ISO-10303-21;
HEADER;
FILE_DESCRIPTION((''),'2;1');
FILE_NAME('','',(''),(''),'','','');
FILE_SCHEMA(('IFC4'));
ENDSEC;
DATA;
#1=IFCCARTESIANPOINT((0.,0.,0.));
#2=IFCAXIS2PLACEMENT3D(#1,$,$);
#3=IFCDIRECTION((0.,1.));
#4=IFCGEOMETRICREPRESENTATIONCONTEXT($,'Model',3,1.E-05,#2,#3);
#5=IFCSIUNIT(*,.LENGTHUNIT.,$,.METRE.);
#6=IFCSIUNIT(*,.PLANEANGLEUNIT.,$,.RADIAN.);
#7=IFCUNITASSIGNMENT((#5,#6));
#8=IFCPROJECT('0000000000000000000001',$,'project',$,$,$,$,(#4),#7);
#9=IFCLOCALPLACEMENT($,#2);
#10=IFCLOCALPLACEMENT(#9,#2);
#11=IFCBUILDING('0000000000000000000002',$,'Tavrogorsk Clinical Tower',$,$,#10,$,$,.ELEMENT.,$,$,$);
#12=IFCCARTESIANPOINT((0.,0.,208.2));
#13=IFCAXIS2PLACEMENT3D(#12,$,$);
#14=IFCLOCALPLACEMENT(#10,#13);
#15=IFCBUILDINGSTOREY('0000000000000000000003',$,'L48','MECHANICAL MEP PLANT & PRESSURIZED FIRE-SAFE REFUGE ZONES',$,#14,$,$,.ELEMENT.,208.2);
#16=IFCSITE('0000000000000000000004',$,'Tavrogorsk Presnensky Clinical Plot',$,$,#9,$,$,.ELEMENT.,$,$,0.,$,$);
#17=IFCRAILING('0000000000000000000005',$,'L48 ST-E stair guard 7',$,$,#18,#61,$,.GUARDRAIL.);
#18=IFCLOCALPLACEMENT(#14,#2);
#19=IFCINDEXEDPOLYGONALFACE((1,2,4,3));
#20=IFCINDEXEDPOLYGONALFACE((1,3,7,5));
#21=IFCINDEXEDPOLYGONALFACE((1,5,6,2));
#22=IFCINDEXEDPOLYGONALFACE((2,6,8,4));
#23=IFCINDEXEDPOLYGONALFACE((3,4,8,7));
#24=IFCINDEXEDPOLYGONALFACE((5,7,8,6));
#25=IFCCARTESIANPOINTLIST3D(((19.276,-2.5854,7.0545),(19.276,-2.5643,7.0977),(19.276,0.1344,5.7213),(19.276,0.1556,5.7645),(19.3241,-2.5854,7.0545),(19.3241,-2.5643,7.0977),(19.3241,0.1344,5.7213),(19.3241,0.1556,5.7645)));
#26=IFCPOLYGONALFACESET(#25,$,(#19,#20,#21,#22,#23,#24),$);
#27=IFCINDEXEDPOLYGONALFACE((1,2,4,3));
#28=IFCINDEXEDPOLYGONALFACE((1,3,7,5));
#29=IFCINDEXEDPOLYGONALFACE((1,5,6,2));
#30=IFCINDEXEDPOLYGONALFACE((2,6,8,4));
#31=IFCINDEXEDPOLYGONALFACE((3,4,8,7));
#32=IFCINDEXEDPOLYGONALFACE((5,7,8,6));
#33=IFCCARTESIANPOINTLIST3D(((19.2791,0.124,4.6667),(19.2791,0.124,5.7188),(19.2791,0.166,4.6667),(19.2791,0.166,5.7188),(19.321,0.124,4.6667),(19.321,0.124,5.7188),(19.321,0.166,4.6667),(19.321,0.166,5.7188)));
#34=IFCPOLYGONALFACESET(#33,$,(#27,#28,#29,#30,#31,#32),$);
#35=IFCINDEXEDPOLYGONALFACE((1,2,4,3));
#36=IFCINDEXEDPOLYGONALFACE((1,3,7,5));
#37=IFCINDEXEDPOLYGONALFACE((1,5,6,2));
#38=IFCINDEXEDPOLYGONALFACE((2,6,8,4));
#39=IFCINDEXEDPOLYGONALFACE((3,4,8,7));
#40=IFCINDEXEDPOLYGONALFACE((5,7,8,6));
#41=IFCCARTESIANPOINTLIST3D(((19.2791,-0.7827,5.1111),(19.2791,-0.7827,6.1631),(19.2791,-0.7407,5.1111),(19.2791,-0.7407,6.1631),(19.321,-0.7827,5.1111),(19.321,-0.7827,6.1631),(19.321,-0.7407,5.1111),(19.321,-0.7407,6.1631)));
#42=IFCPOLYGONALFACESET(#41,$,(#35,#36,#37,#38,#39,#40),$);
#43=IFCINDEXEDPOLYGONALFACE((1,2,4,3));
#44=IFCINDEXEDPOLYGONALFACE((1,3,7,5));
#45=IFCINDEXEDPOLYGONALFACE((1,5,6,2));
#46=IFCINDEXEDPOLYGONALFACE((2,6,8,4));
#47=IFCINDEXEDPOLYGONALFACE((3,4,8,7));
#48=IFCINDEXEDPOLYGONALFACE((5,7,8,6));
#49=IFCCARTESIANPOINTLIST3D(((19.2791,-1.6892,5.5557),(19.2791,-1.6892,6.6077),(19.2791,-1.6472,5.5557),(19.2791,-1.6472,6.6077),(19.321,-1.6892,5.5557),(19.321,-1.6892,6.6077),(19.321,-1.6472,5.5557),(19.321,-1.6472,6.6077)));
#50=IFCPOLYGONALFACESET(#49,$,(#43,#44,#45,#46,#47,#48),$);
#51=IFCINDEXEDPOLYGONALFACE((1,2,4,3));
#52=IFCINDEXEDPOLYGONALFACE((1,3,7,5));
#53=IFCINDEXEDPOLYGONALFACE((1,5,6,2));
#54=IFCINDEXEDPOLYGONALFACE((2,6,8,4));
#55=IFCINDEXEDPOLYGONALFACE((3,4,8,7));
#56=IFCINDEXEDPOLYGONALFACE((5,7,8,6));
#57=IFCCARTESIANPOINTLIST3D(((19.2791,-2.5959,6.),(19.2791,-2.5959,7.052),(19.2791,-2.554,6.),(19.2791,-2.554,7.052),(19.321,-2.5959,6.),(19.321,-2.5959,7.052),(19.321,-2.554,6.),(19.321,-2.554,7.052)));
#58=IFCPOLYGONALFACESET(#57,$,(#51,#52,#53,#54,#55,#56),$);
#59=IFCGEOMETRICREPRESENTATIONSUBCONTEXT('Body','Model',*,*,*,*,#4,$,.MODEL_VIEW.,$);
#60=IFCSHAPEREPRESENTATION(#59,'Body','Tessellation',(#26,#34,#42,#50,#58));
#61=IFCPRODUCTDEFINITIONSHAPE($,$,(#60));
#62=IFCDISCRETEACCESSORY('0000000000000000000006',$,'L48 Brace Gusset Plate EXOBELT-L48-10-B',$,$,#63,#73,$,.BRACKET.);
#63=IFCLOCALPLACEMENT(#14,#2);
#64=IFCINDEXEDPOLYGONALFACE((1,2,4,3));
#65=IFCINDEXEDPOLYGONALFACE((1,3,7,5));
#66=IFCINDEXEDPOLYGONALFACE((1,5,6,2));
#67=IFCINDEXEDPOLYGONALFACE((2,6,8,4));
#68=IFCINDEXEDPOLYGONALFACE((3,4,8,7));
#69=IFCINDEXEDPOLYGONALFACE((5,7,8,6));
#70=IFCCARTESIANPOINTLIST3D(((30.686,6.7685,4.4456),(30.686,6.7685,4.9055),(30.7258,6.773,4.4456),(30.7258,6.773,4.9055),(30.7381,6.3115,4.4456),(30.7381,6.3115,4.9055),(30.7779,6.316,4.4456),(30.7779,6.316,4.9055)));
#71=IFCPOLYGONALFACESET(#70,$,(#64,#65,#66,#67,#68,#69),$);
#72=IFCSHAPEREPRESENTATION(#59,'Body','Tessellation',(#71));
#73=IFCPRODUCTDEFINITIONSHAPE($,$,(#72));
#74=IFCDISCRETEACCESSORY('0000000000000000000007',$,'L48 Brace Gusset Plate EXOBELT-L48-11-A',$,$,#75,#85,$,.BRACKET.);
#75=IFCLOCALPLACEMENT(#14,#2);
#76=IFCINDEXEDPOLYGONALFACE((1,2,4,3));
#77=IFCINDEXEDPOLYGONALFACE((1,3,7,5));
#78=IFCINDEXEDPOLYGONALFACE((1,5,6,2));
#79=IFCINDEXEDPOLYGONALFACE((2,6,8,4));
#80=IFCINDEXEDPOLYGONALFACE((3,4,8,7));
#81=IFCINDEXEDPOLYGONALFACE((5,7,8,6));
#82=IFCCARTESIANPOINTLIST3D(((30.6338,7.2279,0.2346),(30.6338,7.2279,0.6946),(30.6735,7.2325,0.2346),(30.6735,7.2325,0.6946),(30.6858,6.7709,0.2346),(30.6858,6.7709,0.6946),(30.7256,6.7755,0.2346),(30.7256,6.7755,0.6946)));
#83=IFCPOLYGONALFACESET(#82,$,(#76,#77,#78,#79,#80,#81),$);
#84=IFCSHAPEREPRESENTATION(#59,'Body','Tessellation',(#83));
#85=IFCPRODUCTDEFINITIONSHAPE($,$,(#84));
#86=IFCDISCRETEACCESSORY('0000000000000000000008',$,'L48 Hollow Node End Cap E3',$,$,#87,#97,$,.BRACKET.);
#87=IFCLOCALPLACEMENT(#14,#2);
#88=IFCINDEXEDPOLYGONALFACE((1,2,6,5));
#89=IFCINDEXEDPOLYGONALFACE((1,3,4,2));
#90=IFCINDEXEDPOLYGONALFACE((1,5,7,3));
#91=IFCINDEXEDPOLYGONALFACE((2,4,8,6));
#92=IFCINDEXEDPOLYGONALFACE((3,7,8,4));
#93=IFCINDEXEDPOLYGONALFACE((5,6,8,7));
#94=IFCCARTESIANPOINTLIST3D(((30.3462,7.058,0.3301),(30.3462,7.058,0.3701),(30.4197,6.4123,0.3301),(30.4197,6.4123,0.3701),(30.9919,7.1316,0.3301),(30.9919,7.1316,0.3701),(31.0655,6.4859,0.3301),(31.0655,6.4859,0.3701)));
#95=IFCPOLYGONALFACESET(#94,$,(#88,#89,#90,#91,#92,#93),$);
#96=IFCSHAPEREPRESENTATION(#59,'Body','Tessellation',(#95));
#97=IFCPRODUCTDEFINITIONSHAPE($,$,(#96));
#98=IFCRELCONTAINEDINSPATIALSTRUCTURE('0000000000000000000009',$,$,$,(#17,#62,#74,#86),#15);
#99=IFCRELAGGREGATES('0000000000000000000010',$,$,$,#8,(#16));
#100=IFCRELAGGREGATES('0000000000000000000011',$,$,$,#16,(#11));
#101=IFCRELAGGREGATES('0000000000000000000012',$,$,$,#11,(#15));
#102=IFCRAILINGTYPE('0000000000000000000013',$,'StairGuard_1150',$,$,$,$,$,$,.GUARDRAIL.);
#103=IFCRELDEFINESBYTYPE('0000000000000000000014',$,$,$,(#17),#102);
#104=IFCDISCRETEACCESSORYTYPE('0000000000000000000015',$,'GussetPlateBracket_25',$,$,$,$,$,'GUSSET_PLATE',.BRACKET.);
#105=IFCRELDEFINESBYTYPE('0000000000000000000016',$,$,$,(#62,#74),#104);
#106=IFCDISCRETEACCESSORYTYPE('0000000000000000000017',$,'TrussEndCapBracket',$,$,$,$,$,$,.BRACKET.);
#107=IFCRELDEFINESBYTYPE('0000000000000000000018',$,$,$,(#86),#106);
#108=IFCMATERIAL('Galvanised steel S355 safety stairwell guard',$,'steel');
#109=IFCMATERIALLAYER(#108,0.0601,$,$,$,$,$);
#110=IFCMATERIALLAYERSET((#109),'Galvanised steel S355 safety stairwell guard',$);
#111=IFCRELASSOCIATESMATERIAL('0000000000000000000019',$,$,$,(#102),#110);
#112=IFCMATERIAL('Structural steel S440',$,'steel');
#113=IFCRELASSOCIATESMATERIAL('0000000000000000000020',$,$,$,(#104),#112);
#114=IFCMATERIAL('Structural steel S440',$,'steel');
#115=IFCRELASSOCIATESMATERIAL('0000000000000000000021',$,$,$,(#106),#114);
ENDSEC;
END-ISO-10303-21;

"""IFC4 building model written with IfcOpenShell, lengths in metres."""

from ifc_helpers import new_model, si_unit, direction, frame, origin, origin_2d, place, context, subcontext, project, spatial, rectangle, extrude, material, layer, layer_set, type_object, element, save


model = new_model("IFC4")

# Units and contexts
model_context = context("Model", 3, precision=1e-05, world=origin(), true_north=direction((0.0, 1.0)))
body_context = subcontext(model_context, "Body", "Model", "MODEL_VIEW")
ifc_project = project(units=[si_unit("LENGTHUNIT", "METRE"), si_unit("PLANEANGLEUNIT", "RADIAN")], contexts=[model_context])

# Site, building, storey
site_placement = place(None, origin())
site = spatial("IfcSite", under=ifc_project, at=site_placement, Name="Tavrogorsk Presnensky Clinical Plot", CompositionType="ELEMENT", RefElevation=0.0)
building_placement = place(site_placement, origin())
building = spatial("IfcBuilding", under=site, at=building_placement, Name="Tavrogorsk Clinical Tower", CompositionType="ELEMENT")
storey_placement = place(building_placement, frame((0.0, 0.0, 208.2)))
storey = spatial("IfcBuildingStorey", under=building, at=storey_placement, Name="L48", Description="MECHANICAL MEP PLANT & PRESSURIZED FIRE-SAFE REFUGE ZONES", CompositionType="ELEMENT", Elevation=208.2)

# Railing
ifc_material_1 = material(Name="Galvanised steel S355 safety stairwell guard", Category="steel")
ifc_layer_1 = layer(ifc_material_1, 0.0601)
ifc_layer_set_1 = layer_set([ifc_layer_1], Name="Galvanised steel S355 safety stairwell guard")
railing_type = type_object("IfcRailingType", Name="StairGuard_1150", PredefinedType="GUARDRAIL", material=ifc_layer_set_1)
railing_1_placement = place(storey_placement, frame((19.3, 0.145, 4.6667)))
element("IfcRailing", 1, at=railing_1_placement, inside=storey, type_object=railing_type, Name="L48 ST-E stair guard 7", PredefinedType="GUARDRAIL", context=body_context, shape_type="SweptSolid", body=[
    extrude(rectangle(XDim=0.0481, YDim=0.0481, at=origin_2d()), frame((0.0, 0.0, 1.0762), z_axis=(0.0, -0.897929, 0.440139), x_axis=(1.0, 0.0, 0.0)), (0.0, 0.0, 1.0), 3.0291),
    extrude(rectangle(XDim=0.042, YDim=0.042, at=origin_2d()), origin(), (0.0, 0.0, 1.0), 1.052),
    extrude(rectangle(XDim=0.042, YDim=0.042, at=origin_2d()), frame((0.0, -0.9067, 0.4443)), (0.0, 0.0, 1.0), 1.052),
    extrude(rectangle(XDim=0.042, YDim=0.042, at=origin_2d()), frame((0.0, -1.8132, 0.8889)), (0.0, 0.0, 1.0), 1.052),
    extrude(rectangle(XDim=0.042, YDim=0.042, at=origin_2d()), frame((0.0, -2.72, 1.3333)), (0.0, 0.0, 1.0), 1.052),
])

# Discrete accessories
ifc_material_2 = material(Name="Structural steel S440", Category="steel")
discrete_accessory_type_1 = type_object("IfcDiscreteAccessoryType", Name="GussetPlateBracket_25", ElementType="GUSSET_PLATE", PredefinedType="BRACKET", material=ifc_material_2)
for number, where, z_axis, x_axis, name in (
    (2, (30.7319, 6.5422, 4.4456), (0.0, 0.0, 1.0), (-0.113203, 0.993572, 0.0), "L48 Brace Gusset Plate EXOBELT-L48-10-B"),
    (3, (30.6797, 7.0017, 0.2346), (0.0, 0.0, 1.0), (-0.113203, 0.993572, 0.0), "L48 Brace Gusset Plate EXOBELT-L48-11-A"),
):
    element("IfcDiscreteAccessory", number, at=place(storey_placement, frame(where, z_axis=z_axis, x_axis=x_axis)), inside=storey, type_object=discrete_accessory_type_1, Name=name, PredefinedType="BRACKET", context=body_context, shape_type="SweptSolid", body=[
        extrude(rectangle(XDim=0.46, YDim=0.04, at=origin_2d()), origin(), (0.0, 0.0, 1.0), 0.46),
    ])
ifc_material_3 = material(Name="Structural steel S440", Category="steel")
discrete_accessory_type_2 = type_object("IfcDiscreteAccessoryType", Name="TrussEndCapBracket", PredefinedType="BRACKET", material=ifc_material_3)
discrete_accessory_placement = place(storey_placement, frame((30.7058, 6.772, 0.3301), z_axis=(0.0, 0.0, 1.0), x_axis=(0.993572, 0.113203, 0.0)))
element("IfcDiscreteAccessory", 4, at=discrete_accessory_placement, inside=storey, type_object=discrete_accessory_type_2, Name="L48 Hollow Node End Cap E3", PredefinedType="BRACKET", context=body_context, shape_type="SweptSolid", body=[
    extrude(rectangle(XDim=0.6499, YDim=0.6499, at=origin_2d()), origin(), (0.0, 0.0, 1.0), 0.04),
])

save(model, "model.ifc")
